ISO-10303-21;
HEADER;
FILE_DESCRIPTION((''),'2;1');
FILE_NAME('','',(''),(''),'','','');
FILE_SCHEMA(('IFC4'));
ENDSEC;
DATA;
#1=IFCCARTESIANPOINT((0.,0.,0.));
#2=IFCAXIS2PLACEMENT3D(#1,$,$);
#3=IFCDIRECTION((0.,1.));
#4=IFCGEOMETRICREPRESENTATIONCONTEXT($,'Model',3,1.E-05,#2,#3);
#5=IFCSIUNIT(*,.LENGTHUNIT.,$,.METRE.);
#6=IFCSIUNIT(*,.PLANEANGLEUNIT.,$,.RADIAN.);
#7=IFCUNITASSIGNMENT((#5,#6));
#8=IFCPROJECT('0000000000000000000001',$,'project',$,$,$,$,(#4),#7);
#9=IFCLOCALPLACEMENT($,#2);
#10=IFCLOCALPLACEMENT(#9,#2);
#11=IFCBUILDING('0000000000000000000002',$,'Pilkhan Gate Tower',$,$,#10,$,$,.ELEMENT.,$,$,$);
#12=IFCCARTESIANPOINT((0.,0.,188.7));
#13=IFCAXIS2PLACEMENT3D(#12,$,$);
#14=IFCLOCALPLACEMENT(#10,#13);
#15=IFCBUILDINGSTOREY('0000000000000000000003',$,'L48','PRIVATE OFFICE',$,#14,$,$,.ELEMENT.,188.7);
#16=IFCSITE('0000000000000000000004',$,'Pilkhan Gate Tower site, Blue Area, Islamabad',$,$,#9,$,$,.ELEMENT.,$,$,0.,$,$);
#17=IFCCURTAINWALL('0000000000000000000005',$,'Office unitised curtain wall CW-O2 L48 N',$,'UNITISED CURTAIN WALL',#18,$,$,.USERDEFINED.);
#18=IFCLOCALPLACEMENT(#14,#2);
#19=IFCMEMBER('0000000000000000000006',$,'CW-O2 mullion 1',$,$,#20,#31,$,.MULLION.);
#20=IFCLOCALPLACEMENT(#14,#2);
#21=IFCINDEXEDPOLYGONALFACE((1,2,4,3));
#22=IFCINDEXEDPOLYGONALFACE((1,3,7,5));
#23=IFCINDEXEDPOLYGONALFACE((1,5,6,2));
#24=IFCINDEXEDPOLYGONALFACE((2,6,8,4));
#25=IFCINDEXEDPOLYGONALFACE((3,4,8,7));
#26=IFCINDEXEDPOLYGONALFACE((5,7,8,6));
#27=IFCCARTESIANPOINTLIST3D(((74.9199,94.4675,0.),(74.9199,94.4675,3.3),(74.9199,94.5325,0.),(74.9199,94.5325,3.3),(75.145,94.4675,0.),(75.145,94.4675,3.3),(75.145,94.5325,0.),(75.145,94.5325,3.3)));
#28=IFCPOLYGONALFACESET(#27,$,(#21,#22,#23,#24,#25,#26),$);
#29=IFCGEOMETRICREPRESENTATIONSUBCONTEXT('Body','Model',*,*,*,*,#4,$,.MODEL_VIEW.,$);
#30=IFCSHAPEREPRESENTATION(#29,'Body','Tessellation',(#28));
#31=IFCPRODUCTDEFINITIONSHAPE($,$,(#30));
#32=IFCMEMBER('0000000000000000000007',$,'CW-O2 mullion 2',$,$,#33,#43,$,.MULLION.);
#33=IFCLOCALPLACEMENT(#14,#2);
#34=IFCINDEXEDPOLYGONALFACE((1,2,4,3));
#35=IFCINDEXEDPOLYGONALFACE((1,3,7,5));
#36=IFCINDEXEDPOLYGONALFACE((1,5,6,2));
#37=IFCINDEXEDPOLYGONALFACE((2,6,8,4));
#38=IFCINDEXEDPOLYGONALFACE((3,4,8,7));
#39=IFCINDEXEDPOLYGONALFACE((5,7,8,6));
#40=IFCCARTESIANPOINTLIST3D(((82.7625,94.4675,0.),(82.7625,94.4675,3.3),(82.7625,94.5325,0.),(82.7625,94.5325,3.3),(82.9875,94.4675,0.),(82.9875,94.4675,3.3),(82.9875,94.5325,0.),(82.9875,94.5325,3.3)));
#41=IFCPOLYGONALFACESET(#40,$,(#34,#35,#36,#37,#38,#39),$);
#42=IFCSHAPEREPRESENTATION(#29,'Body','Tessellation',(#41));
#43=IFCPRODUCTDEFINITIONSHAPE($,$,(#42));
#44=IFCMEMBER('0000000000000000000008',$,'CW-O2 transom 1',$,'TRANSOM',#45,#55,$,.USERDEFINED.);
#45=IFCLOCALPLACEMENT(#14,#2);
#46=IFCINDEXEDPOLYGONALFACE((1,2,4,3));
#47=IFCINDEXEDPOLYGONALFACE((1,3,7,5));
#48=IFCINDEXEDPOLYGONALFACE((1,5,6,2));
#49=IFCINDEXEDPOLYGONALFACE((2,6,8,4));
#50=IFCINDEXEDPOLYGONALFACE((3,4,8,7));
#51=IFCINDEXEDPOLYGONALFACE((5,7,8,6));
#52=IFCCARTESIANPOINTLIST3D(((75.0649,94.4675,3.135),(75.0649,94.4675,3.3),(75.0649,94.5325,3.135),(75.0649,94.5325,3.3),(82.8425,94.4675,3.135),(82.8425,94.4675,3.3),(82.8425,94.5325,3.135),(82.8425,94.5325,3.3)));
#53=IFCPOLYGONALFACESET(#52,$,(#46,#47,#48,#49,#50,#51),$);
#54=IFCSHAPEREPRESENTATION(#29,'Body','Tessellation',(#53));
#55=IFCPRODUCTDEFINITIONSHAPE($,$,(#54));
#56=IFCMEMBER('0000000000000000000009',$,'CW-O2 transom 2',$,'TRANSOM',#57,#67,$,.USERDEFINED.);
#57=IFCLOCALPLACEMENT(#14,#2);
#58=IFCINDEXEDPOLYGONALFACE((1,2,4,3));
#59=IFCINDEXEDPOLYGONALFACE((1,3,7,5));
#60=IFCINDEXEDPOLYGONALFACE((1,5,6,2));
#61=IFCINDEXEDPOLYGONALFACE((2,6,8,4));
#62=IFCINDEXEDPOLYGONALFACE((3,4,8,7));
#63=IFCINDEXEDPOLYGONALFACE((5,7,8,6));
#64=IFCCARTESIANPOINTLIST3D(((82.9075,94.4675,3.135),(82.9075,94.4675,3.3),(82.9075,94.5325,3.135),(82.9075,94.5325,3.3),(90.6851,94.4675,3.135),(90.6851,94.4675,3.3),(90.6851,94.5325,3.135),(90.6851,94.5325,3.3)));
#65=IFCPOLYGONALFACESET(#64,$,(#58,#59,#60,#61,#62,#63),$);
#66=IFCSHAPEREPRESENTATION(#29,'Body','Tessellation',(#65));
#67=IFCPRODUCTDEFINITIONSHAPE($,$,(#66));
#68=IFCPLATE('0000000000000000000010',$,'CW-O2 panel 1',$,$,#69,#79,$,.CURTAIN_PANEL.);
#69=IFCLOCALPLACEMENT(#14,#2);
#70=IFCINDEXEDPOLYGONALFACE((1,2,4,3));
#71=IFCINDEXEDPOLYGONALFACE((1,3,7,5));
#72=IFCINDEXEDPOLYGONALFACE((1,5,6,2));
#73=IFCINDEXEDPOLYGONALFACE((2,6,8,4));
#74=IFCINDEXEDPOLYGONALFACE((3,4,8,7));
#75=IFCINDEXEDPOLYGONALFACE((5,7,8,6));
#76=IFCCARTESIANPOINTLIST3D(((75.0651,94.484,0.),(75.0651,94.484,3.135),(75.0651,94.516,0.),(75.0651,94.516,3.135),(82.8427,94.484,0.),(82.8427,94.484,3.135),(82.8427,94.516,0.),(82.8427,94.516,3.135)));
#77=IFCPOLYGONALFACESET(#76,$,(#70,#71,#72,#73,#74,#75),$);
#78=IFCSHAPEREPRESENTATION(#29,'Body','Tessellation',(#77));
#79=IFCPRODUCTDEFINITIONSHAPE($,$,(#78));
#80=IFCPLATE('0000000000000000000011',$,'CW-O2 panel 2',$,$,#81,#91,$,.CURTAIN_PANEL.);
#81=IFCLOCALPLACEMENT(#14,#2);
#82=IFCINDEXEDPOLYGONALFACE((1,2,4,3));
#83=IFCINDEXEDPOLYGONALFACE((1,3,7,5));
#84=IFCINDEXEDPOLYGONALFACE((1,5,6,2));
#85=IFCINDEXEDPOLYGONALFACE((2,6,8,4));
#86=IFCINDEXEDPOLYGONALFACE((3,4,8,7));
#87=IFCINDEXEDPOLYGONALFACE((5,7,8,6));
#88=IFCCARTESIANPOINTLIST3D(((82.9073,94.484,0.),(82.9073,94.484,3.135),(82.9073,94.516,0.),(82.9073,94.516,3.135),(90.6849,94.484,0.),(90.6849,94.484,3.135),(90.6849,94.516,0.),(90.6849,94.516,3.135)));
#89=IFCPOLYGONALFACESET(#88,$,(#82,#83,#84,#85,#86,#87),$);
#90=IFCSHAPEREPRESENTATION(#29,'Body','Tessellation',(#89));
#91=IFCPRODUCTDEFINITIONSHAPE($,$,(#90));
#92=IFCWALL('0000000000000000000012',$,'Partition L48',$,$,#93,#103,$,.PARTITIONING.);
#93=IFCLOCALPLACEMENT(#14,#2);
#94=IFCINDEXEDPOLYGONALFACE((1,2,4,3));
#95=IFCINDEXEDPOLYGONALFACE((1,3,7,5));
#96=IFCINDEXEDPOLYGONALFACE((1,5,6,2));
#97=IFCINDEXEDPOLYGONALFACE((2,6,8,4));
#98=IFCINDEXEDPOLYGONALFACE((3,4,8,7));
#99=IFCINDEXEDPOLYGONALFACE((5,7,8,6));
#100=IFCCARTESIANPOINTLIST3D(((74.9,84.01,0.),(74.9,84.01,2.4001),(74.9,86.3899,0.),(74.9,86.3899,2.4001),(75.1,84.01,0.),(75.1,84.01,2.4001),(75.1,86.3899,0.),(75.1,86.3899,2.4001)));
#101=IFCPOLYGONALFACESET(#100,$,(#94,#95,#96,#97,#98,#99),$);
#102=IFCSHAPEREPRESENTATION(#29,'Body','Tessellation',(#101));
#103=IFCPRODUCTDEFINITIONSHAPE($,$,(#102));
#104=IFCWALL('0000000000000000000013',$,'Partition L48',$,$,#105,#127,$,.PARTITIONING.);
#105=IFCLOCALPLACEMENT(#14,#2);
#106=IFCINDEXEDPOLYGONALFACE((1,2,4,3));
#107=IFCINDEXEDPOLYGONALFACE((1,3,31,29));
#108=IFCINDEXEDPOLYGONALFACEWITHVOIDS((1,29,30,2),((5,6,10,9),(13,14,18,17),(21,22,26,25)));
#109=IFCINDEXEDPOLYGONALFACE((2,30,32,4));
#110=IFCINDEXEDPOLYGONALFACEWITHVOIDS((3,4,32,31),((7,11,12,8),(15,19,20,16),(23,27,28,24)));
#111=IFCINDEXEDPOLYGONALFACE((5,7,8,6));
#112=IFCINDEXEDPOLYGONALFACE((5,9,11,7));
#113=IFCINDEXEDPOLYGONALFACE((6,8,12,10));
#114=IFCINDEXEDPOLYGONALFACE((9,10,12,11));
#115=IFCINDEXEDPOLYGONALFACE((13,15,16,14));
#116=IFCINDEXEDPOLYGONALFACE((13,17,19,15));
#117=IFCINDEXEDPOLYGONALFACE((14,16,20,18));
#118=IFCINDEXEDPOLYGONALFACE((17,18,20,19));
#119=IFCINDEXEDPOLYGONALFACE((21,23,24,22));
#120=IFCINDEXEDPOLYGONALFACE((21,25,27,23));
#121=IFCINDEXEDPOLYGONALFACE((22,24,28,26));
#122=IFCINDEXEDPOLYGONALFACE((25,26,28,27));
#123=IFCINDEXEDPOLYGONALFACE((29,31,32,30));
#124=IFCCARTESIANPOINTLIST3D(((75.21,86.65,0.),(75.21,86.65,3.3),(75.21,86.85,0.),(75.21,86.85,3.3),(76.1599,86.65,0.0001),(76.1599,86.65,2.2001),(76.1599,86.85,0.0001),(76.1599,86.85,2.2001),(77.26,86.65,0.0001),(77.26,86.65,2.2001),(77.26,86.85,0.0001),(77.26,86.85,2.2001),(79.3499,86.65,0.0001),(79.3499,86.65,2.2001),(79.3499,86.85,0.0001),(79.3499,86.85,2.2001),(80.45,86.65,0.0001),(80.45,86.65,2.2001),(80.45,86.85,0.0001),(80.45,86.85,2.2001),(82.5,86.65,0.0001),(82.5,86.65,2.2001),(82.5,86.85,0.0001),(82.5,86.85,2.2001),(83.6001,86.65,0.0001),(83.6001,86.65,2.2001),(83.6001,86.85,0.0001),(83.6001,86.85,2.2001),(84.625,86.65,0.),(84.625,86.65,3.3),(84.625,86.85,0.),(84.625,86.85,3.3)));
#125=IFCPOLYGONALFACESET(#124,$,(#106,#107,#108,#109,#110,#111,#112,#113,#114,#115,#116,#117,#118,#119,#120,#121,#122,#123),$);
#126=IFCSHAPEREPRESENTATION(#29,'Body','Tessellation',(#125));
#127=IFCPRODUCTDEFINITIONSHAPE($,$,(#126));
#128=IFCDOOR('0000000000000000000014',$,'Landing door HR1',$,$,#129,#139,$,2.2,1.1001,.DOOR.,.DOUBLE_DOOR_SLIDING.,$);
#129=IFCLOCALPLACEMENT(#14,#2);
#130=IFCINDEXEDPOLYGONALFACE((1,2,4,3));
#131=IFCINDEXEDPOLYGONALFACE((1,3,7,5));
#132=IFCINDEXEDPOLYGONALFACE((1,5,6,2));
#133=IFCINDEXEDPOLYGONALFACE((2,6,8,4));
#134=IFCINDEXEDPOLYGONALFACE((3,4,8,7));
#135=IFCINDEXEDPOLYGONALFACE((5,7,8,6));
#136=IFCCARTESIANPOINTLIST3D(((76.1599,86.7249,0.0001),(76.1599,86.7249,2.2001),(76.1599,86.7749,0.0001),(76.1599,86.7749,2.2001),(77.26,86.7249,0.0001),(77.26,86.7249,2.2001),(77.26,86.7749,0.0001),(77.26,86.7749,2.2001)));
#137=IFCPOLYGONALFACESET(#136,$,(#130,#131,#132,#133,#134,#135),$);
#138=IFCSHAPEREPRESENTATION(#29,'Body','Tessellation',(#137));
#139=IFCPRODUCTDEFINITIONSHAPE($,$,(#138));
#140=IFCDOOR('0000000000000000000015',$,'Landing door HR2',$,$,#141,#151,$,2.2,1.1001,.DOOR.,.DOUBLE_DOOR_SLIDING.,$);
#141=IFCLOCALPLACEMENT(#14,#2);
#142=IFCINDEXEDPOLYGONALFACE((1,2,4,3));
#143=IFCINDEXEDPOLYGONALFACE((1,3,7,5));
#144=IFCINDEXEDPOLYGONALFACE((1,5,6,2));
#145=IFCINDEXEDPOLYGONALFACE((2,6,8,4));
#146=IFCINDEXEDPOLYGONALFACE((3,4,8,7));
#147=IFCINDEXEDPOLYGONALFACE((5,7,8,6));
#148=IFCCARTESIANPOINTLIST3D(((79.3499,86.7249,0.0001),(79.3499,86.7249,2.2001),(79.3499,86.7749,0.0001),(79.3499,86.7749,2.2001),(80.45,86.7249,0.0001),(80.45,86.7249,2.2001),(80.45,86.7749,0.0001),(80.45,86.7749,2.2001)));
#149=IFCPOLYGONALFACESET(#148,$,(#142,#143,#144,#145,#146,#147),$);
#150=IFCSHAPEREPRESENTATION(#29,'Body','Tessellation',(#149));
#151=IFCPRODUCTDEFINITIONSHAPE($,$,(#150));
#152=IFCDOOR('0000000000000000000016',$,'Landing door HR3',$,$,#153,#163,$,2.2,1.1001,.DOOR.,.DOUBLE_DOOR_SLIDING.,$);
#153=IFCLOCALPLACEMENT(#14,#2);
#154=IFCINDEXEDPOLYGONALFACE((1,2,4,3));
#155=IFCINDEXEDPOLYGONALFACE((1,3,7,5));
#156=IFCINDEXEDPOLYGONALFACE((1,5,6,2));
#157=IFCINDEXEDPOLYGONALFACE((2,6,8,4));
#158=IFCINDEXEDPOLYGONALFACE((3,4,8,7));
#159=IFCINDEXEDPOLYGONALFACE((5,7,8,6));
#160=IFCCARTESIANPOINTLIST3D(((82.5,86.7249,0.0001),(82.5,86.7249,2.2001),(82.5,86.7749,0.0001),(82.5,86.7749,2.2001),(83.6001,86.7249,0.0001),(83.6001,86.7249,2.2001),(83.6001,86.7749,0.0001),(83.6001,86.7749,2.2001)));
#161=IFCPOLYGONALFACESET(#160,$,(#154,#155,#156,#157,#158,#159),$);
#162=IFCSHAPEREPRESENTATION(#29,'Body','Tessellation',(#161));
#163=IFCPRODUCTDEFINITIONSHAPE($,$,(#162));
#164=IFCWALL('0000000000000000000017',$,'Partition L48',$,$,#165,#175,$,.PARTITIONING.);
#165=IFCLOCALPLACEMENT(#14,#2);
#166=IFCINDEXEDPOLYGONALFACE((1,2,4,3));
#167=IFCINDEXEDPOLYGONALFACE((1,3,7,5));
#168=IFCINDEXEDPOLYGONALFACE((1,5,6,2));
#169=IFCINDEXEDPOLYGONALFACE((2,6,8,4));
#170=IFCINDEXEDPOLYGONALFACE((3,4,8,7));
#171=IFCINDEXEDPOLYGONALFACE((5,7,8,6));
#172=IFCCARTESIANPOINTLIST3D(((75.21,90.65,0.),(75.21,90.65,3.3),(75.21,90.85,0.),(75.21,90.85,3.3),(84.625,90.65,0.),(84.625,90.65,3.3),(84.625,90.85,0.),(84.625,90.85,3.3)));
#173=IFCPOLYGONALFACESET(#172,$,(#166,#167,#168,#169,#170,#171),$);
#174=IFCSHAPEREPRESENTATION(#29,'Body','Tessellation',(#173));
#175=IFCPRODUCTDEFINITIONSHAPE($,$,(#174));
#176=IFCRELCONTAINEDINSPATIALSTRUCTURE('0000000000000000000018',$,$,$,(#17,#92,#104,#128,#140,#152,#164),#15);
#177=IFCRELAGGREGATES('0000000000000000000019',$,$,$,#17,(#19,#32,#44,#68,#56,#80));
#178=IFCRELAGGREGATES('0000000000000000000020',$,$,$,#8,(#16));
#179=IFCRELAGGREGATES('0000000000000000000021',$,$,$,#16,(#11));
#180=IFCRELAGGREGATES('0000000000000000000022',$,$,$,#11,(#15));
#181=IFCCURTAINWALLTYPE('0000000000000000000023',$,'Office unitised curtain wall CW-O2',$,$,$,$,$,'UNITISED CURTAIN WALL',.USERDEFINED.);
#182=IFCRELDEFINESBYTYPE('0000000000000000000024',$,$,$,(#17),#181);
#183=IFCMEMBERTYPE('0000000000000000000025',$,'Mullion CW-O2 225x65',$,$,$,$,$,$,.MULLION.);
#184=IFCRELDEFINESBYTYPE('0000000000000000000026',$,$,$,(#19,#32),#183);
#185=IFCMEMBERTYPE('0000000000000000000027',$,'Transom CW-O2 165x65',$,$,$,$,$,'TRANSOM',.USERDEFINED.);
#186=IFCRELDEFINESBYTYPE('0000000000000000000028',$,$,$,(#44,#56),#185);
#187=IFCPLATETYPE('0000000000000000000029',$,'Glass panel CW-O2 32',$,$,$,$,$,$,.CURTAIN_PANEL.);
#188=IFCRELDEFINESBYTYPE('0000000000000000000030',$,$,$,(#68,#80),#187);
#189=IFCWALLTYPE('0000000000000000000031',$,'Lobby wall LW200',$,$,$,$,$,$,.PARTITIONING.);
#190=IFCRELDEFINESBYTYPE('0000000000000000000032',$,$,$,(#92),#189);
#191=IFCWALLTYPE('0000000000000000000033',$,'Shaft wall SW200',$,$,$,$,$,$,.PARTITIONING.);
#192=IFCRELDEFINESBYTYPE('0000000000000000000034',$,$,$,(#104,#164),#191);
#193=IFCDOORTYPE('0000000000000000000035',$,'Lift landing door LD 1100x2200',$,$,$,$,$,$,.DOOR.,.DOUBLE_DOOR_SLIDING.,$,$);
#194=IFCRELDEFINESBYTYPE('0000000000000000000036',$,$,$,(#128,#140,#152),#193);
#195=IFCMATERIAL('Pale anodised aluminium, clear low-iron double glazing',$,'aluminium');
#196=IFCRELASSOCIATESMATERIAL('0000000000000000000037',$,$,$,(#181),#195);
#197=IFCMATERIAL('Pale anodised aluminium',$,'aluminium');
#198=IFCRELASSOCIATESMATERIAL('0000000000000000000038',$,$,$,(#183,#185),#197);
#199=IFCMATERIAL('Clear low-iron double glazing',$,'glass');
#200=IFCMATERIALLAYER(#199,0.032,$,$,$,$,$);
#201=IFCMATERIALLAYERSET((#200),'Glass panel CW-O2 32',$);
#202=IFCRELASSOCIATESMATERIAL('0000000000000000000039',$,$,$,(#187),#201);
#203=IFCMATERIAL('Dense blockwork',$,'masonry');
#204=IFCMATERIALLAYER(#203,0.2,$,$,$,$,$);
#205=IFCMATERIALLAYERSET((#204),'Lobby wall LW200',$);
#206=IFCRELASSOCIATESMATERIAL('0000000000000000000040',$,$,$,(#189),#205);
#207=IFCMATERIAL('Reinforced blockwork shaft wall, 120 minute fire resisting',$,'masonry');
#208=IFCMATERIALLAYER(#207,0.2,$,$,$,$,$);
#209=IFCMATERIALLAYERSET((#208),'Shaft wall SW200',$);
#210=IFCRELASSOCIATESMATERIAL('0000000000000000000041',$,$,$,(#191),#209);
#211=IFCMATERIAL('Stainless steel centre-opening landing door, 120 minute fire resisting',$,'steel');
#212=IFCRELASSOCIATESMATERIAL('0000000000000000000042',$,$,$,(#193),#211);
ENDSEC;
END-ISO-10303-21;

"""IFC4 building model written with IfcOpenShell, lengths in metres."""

from ifc_helpers import new_model, si_unit, direction, frame, frame_2d, origin, origin_2d, place, context, subcontext, project, spatial, rectangle, extrude, material, layer, layer_set, material_profile, profile_set, type_object, element, fill, aggregate, save


model = new_model("IFC4")

# Units and contexts
model_context = context("Model", 3, precision=1e-05, world=origin(), true_north=direction((0.0, 1.0)))
body_context = subcontext(model_context, "Body", "Model", "MODEL_VIEW")
ifc_project = project(units=[si_unit("LENGTHUNIT", "METRE"), si_unit("PLANEANGLEUNIT", "RADIAN")], contexts=[model_context])

# Site, building, storey
site_placement = place(None, origin())
site = spatial("IfcSite", under=ifc_project, at=site_placement, Name="Pilkhan Gate Tower site, Blue Area, Islamabad", CompositionType="ELEMENT", RefElevation=0.0)
building_placement = place(site_placement, origin())
building = spatial("IfcBuilding", under=site, at=building_placement, Name="Pilkhan Gate Tower", CompositionType="ELEMENT")
storey_placement = place(building_placement, frame((0.0, 0.0, 188.7)))
storey = spatial("IfcBuildingStorey", under=building, at=storey_placement, Name="L48", Description="PRIVATE OFFICE", CompositionType="ELEMENT", Elevation=188.7)

# Curtain wall, members, plates
ifc_material_1 = material(Name="Pale anodised aluminium, clear low-iron double glazing", Category="aluminium")
curtain_wall_type = type_object("IfcCurtainWallType", Name="Office unitised curtain wall CW-O2", ElementType="UNITISED CURTAIN WALL", PredefinedType="USERDEFINED", material=ifc_material_1)
curtain_wall_placement = place(storey_placement, origin())
curtain_wall = element("IfcCurtainWall", 1, at=curtain_wall_placement, inside=storey, type_object=curtain_wall_type, Name="Office unitised curtain wall CW-O2 L48 N", ObjectType="UNITISED CURTAIN WALL", PredefinedType="USERDEFINED")
ifc_material_2 = material(Name="Pale anodised aluminium", Category="aluminium")
ifc_material_profile_1 = material_profile(ifc_material_2, rectangle(XDim=0.0649, YDim=0.2251, at=origin_2d()), Name="Mullion 225x65")
ifc_profile_set_1 = profile_set([ifc_material_profile_1], Name="Pale anodised aluminium")
member_type_1 = type_object("IfcMemberType", Name="Mullion CW-O2 225x65", PredefinedType="MULLION", material=ifc_profile_set_1)
member_1_placement = place(storey_placement, frame((75.0325, 94.5, 0.0), z_axis=(0.0, 0.0, 1.0), x_axis=(0.0, 1.0, 0.0)))
member_1 = element("IfcMember", 2, at=member_1_placement, type_object=member_type_1, Name="CW-O2 mullion 1", PredefinedType="MULLION", context=body_context, shape_type="SweptSolid", body=[
    extrude(rectangle(XDim=0.0649, YDim=0.2251, at=origin_2d()), origin(), (0.0, 0.0, 1.0), 3.3),
])
member_2_placement = place(storey_placement, frame((82.875, 94.5, 0.0), z_axis=(0.0, 0.0, 1.0), x_axis=(0.0, 1.0, 0.0)))
member_2 = element("IfcMember", 3, at=member_2_placement, type_object=member_type_1, Name="CW-O2 mullion 2", PredefinedType="MULLION", context=body_context, shape_type="SweptSolid", body=[
    extrude(rectangle(XDim=0.0649, YDim=0.2251, at=origin_2d()), origin(), (0.0, 0.0, 1.0), 3.3),
])
ifc_material_profile_2 = material_profile(ifc_material_2, rectangle(XDim=0.0649, YDim=0.165, at=origin_2d()), Name="Transom 165x65")
ifc_profile_set_2 = profile_set([ifc_material_profile_2], Name="Pale anodised aluminium")
member_type_2 = type_object("IfcMemberType", Name="Transom CW-O2 165x65", ElementType="TRANSOM", PredefinedType="USERDEFINED", material=ifc_profile_set_2)
member_3_placement = place(storey_placement, frame((75.0649, 94.5, 3.2175), z_axis=(1.0, 0.0, 0.0), x_axis=(0.0, 1.0, 0.0)))
member_3 = element("IfcMember", 4, at=member_3_placement, type_object=member_type_2, Name="CW-O2 transom 1", ObjectType="TRANSOM", PredefinedType="USERDEFINED", context=body_context, shape_type="SweptSolid", body=[
    extrude(rectangle(XDim=0.0649, YDim=0.165, at=origin_2d()), origin(), (0.0, 0.0, 1.0), 7.7776),
])
member_4_placement = place(storey_placement, frame((82.9075, 94.5, 3.2175), z_axis=(1.0, 0.0, 0.0), x_axis=(0.0, 1.0, 0.0)))
member_4 = element("IfcMember", 5, at=member_4_placement, type_object=member_type_2, Name="CW-O2 transom 2", ObjectType="TRANSOM", PredefinedType="USERDEFINED", context=body_context, shape_type="SweptSolid", body=[
    extrude(rectangle(XDim=0.0649, YDim=0.165, at=origin_2d()), origin(), (0.0, 0.0, 1.0), 7.7776),
])
ifc_material_3 = material(Name="Clear low-iron double glazing", Category="glass")
ifc_layer_1 = layer(ifc_material_3, 0.032)
ifc_layer_set_1 = layer_set([ifc_layer_1], Name="Glass panel CW-O2 32")
plate_type = type_object("IfcPlateType", Name="Glass panel CW-O2 32", PredefinedType="CURTAIN_PANEL", material=ifc_layer_set_1)
plate_1_placement = place(storey_placement, frame((78.9539, 94.5, 0.0), z_axis=(0.0, 0.0, 1.0), x_axis=(1.0, 0.0, 0.0)))
plate_1 = element("IfcPlate", 6, at=plate_1_placement, type_object=plate_type, Name="CW-O2 panel 1", PredefinedType="CURTAIN_PANEL", context=body_context, shape_type="SweptSolid", body=[
    extrude(rectangle(XDim=7.7776, YDim=0.032, at=origin_2d()), origin(), (0.0, 0.0, 1.0), 3.135),
])
plate_2_placement = place(storey_placement, frame((86.7961, 94.5, 0.0), z_axis=(0.0, 0.0, 1.0), x_axis=(1.0, 0.0, 0.0)))
plate_2 = element("IfcPlate", 7, at=plate_2_placement, type_object=plate_type, Name="CW-O2 panel 2", PredefinedType="CURTAIN_PANEL", context=body_context, shape_type="SweptSolid", body=[
    extrude(rectangle(XDim=7.7776, YDim=0.032, at=origin_2d()), origin(), (0.0, 0.0, 1.0), 3.135),
])
aggregate(curtain_wall, [member_1, member_2, member_3, plate_1, member_4, plate_2])

# Wall
ifc_material_4 = material(Name="Dense blockwork", Category="masonry")
ifc_layer_2 = layer(ifc_material_4, 0.2)
ifc_layer_set_2 = layer_set([ifc_layer_2], Name="Lobby wall LW200")
wall_type_1 = type_object("IfcWallType", Name="Lobby wall LW200", PredefinedType="PARTITIONING", material=ifc_layer_set_2)
wall_1_placement = place(storey_placement, frame((75.0, 84.01, 0.0), z_axis=(0.0, 0.0, 1.0), x_axis=(0.0, 1.0, 0.0)))
element("IfcWall", 8, at=wall_1_placement, inside=storey, type_object=wall_type_1, Name="Partition L48", PredefinedType="PARTITIONING", context=body_context, shape_type="SweptSolid", body=[
    extrude(rectangle(XDim=2.3799, YDim=0.2, at=frame_2d((1.1899, 0.0))), origin(), (0.0, 0.0, 1.0), 2.4001),
])

# Wall, openings, doors
ifc_material_5 = material(Name="Reinforced blockwork shaft wall, 120 minute fire resisting", Category="masonry")
ifc_layer_3 = layer(ifc_material_5, 0.2)
ifc_layer_set_3 = layer_set([ifc_layer_3], Name="Shaft wall SW200")
wall_type_2 = type_object("IfcWallType", Name="Shaft wall SW200", PredefinedType="PARTITIONING", material=ifc_layer_set_3)
wall_2_placement = place(storey_placement, frame((75.21, 86.75, 0.0), z_axis=(0.0, 0.0, 1.0), x_axis=(1.0, 0.0, 0.0)))
wall_2 = element("IfcWall", 9, at=wall_2_placement, inside=storey, type_object=wall_type_2, Name="Partition L48", PredefinedType="PARTITIONING", context=body_context, shape_type="SweptSolid", body=[
    extrude(rectangle(XDim=9.415, YDim=0.2, at=frame_2d((4.7075, 0.0))), origin(), (0.0, 0.0, 1.0), 3.3),
])
opening_1_placement = place(wall_2_placement, frame((0.95, 0.0, 0.0)))
opening_1 = element("IfcOpeningElement", 10, at=opening_1_placement, cuts=wall_2, PredefinedType="OPENING", context=body_context, shape_type="SweptSolid", body=[
    extrude(rectangle(XDim=1.1001, YDim=2.2, at=frame_2d((0.55, 1.1001))), frame((0.0, 0.1099, 0.0), z_axis=(0.0, -1.0, 0.0), x_axis=(1.0, 0.0, 0.0)), (0.0, 0.0, 1.0), 0.22),
])
opening_2_placement = place(wall_2_placement, frame((4.1399, 0.0, 0.0)))
opening_2 = element("IfcOpeningElement", 11, at=opening_2_placement, cuts=wall_2, PredefinedType="OPENING", context=body_context, shape_type="SweptSolid", body=[
    extrude(rectangle(XDim=1.1001, YDim=2.2, at=frame_2d((0.55, 1.1001))), frame((0.0, 0.1099, 0.0), z_axis=(0.0, -1.0, 0.0), x_axis=(1.0, 0.0, 0.0)), (0.0, 0.0, 1.0), 0.22),
])
opening_3_placement = place(wall_2_placement, frame((7.29, 0.0, 0.0)))
opening_3 = element("IfcOpeningElement", 12, at=opening_3_placement, cuts=wall_2, PredefinedType="OPENING", context=body_context, shape_type="SweptSolid", body=[
    extrude(rectangle(XDim=1.1001, YDim=2.2, at=frame_2d((0.55, 1.1001))), frame((0.0, 0.1099, 0.0), z_axis=(0.0, -1.0, 0.0), x_axis=(1.0, 0.0, 0.0)), (0.0, 0.0, 1.0), 0.22),
])
ifc_material_6 = material(Name="Stainless steel centre-opening landing door, 120 minute fire resisting", Category="steel")
door_type = type_object("IfcDoorType", Name="Lift landing door LD 1100x2200", OperationType="DOUBLE_DOOR_SLIDING", PredefinedType="DOOR", material=ifc_material_6)
door_1_placement = place(opening_1_placement, origin())
door_1 = element("IfcDoor", 13, at=door_1_placement, inside=storey, type_object=door_type, Name="Landing door HR1", OperationType="DOUBLE_DOOR_SLIDING", OverallHeight=2.2, OverallWidth=1.1001, PredefinedType="DOOR", context=body_context, shape_type="SweptSolid", body=[
    extrude(rectangle(XDim=1.1001, YDim=2.2, at=frame_2d((0.55, 1.1001))), frame((0.0, 0.0249, 0.0), z_axis=(0.0, -1.0, 0.0), x_axis=(1.0, 0.0, 0.0)), (0.0, 0.0, 1.0), 0.05),
])
fill(opening_1, door_1)
door_2_placement = place(opening_2_placement, origin())
door_2 = element("IfcDoor", 14, at=door_2_placement, inside=storey, type_object=door_type, Name="Landing door HR2", OperationType="DOUBLE_DOOR_SLIDING", OverallHeight=2.2, OverallWidth=1.1001, PredefinedType="DOOR", context=body_context, shape_type="SweptSolid", body=[
    extrude(rectangle(XDim=1.1001, YDim=2.2, at=frame_2d((0.55, 1.1001))), frame((0.0, 0.0249, 0.0), z_axis=(0.0, -1.0, 0.0), x_axis=(1.0, 0.0, 0.0)), (0.0, 0.0, 1.0), 0.05),
])
fill(opening_2, door_2)
door_3_placement = place(opening_3_placement, origin())
door_3 = element("IfcDoor", 15, at=door_3_placement, inside=storey, type_object=door_type, Name="Landing door HR3", OperationType="DOUBLE_DOOR_SLIDING", OverallHeight=2.2, OverallWidth=1.1001, PredefinedType="DOOR", context=body_context, shape_type="SweptSolid", body=[
    extrude(rectangle(XDim=1.1001, YDim=2.2, at=frame_2d((0.55, 1.1001))), frame((0.0, 0.0249, 0.0), z_axis=(0.0, -1.0, 0.0), x_axis=(1.0, 0.0, 0.0)), (0.0, 0.0, 1.0), 0.05),
])
fill(opening_3, door_3)

# Wall
wall_3_placement = place(storey_placement, frame((75.21, 90.75, 0.0), z_axis=(0.0, 0.0, 1.0), x_axis=(1.0, 0.0, 0.0)))
element("IfcWall", 16, at=wall_3_placement, inside=storey, type_object=wall_type_2, Name="Partition L48", PredefinedType="PARTITIONING", context=body_context, shape_type="SweptSolid", body=[
    extrude(rectangle(XDim=9.415, YDim=0.2, at=frame_2d((4.7075, 0.0))), origin(), (0.0, 0.0, 1.0), 3.3),
])

save(model, "model.ifc")
